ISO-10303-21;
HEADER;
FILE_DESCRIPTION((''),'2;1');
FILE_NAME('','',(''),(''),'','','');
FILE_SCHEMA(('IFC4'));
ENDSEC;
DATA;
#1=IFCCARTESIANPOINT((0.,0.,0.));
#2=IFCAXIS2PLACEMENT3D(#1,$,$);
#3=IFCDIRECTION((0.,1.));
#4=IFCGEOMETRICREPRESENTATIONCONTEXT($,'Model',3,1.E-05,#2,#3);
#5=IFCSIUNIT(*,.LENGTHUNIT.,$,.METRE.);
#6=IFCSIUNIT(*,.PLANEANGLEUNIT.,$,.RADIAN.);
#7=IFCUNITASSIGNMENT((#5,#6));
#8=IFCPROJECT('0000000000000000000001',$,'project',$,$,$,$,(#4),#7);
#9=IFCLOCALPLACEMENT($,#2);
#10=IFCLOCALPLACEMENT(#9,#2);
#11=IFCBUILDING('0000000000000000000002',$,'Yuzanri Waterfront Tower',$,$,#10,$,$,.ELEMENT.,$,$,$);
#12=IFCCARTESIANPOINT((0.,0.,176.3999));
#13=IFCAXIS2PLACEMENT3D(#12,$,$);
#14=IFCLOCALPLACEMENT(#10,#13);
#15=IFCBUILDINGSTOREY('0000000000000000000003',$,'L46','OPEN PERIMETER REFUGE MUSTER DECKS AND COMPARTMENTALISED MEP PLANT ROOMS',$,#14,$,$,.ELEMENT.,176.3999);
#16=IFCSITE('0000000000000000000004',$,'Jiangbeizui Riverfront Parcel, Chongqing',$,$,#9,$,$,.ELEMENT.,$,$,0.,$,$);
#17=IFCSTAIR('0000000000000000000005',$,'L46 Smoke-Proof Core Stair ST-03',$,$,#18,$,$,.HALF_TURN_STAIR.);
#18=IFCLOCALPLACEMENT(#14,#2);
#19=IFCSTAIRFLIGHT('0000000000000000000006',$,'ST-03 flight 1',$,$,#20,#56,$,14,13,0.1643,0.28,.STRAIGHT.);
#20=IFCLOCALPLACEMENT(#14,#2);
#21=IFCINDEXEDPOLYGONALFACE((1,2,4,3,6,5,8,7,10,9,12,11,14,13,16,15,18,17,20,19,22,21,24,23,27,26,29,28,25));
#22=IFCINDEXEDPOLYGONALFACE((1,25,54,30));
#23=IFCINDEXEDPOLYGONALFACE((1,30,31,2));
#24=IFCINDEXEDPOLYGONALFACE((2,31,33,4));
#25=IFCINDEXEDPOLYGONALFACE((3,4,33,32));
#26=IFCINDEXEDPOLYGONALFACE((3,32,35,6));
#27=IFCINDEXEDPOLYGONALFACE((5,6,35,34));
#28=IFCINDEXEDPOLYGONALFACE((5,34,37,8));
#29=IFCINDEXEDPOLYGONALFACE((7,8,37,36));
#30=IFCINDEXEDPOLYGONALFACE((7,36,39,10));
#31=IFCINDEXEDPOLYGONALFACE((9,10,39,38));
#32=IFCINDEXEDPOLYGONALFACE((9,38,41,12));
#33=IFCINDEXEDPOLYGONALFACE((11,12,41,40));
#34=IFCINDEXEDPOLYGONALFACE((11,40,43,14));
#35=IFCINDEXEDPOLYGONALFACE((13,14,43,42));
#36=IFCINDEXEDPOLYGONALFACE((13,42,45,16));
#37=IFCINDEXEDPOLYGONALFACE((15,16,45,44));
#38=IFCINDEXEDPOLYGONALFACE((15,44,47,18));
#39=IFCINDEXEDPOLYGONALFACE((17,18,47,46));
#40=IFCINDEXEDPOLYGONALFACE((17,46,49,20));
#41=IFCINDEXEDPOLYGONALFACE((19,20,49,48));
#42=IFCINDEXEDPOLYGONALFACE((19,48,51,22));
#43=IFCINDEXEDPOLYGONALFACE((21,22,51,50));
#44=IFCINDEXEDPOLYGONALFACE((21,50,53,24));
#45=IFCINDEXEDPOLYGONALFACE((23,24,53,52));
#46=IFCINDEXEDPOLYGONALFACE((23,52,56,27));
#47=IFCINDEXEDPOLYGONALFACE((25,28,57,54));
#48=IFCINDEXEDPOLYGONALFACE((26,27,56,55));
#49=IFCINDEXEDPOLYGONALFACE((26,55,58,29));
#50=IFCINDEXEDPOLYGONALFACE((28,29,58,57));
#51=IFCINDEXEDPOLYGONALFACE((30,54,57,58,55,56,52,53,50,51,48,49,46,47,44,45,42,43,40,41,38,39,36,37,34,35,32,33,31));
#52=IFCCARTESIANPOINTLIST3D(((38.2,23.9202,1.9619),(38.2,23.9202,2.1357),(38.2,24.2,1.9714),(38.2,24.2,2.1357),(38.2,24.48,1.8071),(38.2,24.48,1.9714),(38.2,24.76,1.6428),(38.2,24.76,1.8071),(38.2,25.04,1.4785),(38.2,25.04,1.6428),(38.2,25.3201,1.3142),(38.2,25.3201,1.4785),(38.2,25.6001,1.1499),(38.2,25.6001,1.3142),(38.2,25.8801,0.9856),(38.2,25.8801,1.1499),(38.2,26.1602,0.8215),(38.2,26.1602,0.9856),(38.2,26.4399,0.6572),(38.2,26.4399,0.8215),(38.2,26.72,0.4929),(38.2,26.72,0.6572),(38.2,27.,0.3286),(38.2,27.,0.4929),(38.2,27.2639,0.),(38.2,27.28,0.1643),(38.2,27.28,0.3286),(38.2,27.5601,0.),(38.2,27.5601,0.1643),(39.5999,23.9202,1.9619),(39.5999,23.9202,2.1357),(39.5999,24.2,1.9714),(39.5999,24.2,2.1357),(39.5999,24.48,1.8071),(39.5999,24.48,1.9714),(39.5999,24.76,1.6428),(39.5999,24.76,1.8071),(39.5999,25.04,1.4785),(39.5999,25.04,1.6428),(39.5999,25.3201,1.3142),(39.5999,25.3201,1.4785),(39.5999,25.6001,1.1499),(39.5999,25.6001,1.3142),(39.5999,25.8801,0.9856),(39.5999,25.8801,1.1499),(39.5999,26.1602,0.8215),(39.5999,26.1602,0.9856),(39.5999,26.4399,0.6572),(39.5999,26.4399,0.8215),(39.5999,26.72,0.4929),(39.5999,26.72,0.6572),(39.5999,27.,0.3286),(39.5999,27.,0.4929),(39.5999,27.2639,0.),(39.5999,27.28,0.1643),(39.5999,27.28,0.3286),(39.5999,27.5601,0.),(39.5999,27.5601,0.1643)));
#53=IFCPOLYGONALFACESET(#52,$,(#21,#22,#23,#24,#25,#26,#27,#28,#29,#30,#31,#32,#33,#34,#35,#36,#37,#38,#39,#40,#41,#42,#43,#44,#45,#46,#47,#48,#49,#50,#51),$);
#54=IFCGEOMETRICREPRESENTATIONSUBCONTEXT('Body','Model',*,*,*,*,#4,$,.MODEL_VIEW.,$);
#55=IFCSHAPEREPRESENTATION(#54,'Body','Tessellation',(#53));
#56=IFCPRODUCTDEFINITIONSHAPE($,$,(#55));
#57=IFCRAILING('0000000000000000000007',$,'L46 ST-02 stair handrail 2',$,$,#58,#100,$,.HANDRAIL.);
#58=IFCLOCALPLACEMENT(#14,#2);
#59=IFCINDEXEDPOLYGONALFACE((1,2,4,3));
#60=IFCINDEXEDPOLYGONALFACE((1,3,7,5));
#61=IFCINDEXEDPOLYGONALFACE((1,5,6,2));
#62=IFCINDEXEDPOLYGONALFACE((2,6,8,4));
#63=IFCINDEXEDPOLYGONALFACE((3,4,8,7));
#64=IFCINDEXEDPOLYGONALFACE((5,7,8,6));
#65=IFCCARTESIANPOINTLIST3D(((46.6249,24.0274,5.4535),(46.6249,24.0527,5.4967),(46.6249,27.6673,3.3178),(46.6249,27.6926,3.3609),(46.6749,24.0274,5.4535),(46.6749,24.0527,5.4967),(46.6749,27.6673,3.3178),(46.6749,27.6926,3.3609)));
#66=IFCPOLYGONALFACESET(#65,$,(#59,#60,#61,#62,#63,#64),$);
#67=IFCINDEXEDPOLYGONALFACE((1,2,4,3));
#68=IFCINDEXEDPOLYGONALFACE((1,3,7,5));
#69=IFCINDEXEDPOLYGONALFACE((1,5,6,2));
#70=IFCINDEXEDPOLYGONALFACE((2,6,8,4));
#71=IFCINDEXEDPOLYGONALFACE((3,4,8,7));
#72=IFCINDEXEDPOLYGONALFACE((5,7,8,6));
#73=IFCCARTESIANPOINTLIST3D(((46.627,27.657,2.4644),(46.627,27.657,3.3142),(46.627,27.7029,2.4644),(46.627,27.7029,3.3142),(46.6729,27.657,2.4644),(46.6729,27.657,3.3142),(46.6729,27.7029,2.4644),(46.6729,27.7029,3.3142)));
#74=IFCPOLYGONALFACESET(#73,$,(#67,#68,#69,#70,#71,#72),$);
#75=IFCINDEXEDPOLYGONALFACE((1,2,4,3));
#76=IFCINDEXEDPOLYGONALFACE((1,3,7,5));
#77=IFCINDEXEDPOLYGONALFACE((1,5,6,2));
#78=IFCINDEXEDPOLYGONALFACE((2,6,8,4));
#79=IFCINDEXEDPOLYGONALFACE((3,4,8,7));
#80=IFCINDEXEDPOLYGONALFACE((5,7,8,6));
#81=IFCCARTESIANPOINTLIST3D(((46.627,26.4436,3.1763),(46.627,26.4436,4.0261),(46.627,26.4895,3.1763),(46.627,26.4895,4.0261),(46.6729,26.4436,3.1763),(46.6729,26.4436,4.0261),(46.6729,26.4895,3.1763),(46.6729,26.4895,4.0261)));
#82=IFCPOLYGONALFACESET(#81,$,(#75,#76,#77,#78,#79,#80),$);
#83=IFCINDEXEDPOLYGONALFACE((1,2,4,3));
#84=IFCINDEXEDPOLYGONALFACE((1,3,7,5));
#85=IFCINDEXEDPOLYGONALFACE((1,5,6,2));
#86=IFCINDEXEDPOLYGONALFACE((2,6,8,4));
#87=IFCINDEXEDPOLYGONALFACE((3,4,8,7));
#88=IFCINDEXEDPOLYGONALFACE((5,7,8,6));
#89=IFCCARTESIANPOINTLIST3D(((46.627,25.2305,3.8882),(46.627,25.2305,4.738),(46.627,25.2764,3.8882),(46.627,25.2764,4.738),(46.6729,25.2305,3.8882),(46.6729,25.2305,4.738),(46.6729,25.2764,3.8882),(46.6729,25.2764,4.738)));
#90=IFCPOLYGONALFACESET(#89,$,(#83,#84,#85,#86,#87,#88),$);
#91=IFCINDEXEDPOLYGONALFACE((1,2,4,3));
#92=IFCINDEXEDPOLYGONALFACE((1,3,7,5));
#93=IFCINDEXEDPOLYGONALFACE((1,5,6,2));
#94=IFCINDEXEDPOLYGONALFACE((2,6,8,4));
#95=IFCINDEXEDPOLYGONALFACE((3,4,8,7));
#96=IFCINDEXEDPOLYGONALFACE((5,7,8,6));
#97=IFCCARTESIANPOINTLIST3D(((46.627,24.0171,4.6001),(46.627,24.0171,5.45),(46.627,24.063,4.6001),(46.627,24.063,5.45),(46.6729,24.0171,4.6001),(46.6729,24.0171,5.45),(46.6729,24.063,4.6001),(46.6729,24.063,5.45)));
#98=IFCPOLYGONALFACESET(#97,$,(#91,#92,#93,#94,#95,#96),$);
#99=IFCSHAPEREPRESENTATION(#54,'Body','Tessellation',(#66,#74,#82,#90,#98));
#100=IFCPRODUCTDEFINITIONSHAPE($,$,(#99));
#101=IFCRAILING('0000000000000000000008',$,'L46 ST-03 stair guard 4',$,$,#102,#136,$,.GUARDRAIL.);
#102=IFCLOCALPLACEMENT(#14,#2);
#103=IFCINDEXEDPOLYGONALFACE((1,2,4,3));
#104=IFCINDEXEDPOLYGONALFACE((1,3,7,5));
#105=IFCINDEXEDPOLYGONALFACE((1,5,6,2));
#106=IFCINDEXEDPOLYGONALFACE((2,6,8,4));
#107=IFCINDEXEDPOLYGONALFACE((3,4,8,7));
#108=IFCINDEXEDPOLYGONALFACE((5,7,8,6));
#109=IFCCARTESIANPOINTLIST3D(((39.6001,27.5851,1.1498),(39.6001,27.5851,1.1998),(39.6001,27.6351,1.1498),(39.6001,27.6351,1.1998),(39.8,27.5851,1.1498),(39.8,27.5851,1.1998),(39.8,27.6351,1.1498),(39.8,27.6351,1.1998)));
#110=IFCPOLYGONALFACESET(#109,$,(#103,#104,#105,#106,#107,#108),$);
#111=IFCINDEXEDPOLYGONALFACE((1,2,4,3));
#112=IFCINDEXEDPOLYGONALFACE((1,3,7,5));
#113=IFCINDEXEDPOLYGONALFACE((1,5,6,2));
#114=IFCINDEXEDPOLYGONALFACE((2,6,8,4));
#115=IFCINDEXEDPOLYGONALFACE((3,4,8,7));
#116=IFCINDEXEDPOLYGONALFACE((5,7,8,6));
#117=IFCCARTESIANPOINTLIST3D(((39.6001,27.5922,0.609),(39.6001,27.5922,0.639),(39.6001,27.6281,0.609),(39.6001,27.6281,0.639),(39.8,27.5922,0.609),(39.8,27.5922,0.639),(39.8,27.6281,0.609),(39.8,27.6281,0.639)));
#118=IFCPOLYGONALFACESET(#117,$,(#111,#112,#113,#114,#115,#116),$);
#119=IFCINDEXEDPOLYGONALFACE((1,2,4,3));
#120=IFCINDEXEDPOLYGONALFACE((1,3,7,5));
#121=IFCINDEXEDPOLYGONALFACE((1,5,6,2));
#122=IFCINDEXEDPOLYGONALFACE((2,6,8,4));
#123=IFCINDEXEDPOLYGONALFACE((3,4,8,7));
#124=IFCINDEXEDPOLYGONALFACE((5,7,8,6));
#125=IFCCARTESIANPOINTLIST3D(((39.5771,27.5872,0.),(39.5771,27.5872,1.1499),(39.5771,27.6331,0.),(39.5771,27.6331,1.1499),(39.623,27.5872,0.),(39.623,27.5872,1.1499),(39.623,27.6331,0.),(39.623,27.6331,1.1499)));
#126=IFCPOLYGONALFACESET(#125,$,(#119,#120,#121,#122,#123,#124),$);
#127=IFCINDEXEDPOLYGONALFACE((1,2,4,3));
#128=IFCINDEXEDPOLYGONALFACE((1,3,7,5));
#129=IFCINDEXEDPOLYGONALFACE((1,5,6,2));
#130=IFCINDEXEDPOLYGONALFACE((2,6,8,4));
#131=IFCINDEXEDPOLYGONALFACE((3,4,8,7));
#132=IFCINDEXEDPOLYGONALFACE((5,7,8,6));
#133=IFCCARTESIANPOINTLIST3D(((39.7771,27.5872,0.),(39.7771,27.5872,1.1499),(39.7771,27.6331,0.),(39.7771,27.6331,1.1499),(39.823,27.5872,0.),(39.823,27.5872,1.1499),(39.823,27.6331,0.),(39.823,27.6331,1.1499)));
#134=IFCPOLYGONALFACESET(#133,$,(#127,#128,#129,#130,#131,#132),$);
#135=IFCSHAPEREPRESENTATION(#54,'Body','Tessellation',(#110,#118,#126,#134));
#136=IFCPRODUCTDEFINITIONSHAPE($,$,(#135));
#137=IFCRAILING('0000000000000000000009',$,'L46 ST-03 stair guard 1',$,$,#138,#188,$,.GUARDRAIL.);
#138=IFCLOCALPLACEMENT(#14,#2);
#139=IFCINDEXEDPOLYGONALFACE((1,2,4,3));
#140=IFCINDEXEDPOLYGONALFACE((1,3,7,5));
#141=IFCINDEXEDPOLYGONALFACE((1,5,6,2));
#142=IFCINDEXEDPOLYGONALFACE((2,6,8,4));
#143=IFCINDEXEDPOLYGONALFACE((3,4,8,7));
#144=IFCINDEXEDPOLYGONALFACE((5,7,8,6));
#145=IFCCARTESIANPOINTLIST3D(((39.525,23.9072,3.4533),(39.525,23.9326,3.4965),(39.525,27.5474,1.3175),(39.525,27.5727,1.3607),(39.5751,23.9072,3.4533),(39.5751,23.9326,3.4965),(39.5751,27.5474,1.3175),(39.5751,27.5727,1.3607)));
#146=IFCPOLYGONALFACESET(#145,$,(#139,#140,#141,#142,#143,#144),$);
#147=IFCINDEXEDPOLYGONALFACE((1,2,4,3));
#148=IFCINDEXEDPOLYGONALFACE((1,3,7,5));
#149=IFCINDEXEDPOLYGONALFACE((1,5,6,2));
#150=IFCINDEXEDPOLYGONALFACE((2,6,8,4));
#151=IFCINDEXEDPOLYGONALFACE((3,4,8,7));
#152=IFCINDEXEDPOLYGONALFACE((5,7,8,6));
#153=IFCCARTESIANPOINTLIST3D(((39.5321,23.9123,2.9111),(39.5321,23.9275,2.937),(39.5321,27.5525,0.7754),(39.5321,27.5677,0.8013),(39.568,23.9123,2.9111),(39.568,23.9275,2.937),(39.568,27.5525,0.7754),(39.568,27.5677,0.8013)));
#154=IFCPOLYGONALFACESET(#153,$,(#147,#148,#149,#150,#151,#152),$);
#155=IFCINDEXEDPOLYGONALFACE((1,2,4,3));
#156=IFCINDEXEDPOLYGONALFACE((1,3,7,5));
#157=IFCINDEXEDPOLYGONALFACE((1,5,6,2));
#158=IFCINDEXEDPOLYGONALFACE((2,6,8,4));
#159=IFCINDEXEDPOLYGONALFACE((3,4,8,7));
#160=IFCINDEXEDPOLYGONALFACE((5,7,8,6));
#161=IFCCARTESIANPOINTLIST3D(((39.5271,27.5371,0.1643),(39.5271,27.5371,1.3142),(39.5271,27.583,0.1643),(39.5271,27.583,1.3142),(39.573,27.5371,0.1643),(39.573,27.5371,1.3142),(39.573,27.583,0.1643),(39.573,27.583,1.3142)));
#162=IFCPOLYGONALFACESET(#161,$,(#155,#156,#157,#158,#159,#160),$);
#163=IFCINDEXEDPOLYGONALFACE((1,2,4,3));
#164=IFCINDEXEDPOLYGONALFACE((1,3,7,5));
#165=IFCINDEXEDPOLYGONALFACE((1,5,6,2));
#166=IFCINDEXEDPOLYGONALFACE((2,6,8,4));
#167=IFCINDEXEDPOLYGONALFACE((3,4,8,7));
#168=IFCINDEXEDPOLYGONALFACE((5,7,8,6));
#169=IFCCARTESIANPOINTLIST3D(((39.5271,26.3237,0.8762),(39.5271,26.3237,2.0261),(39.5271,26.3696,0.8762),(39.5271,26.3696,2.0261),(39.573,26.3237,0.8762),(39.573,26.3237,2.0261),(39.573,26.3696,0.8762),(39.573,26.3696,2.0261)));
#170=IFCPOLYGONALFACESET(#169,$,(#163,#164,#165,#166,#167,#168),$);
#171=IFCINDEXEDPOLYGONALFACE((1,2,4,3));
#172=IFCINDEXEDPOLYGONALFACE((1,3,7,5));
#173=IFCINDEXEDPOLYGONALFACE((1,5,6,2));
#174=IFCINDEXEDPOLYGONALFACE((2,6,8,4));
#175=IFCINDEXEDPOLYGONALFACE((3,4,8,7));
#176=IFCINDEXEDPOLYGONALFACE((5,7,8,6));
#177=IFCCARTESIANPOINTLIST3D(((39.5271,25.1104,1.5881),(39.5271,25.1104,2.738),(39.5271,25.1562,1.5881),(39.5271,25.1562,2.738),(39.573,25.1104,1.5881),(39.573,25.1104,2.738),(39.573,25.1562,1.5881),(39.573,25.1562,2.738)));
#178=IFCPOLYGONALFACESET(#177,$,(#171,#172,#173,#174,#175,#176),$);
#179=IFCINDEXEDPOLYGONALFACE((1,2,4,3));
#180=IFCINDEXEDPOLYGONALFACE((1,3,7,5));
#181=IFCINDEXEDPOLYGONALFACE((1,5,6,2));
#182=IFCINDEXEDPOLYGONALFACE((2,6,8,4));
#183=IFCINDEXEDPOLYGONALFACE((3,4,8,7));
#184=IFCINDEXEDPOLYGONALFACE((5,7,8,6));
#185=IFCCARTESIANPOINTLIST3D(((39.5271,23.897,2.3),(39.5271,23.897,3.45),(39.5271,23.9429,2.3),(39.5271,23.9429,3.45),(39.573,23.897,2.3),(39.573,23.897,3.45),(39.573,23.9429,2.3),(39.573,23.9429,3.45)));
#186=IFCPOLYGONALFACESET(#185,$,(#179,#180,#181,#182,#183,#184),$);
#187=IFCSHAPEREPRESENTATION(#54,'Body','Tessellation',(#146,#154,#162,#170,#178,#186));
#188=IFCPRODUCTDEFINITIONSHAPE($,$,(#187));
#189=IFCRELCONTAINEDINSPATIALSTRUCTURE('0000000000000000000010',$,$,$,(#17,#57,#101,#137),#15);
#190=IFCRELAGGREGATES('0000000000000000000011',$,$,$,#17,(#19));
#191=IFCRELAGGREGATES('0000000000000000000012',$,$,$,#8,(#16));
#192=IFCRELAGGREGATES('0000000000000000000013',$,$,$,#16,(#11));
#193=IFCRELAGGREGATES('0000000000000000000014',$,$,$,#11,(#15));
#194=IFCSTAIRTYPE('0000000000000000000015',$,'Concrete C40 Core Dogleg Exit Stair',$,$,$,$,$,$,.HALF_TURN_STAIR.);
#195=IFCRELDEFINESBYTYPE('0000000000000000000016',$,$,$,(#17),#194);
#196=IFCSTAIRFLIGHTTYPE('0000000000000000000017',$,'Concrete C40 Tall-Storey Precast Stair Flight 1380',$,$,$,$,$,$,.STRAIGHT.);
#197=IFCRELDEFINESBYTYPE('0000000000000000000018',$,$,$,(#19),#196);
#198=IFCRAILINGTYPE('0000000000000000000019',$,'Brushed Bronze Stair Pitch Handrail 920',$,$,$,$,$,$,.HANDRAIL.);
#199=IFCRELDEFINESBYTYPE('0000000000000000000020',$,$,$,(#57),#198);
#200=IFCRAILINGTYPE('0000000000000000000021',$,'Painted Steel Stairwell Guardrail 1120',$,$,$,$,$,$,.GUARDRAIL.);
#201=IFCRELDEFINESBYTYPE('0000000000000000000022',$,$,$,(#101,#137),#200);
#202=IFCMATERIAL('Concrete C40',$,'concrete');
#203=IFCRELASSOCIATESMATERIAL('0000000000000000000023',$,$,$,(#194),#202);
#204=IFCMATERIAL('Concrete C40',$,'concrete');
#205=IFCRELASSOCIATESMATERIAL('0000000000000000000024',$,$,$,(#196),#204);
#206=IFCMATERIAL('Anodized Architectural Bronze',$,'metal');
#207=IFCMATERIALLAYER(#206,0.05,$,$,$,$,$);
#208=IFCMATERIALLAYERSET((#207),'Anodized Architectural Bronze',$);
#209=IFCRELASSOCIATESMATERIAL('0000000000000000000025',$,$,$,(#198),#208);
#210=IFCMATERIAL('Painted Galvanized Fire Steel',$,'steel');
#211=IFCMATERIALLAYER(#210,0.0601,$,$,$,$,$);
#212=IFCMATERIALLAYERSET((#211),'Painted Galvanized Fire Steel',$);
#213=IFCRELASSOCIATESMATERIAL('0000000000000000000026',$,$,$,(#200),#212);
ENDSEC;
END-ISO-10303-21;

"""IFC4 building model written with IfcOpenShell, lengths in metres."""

from ifc_helpers import new_model, si_unit, direction, frame, origin, origin_2d, place, context, subcontext, project, spatial, polyline, rectangle, outline, extrude, source, transform, mapped, material, layer, layer_set, type_object, element, aggregate, save


model = new_model("IFC4")

# Units and contexts
model_context = context("Model", 3, precision=1e-05, world=origin(), true_north=direction((0.0, 1.0)))
body_context = subcontext(model_context, "Body", "Model", "MODEL_VIEW")
ifc_project = project(units=[si_unit("LENGTHUNIT", "METRE"), si_unit("PLANEANGLEUNIT", "RADIAN")], contexts=[model_context])

# Site, building, storey
site_placement = place(None, origin())
site = spatial("IfcSite", under=ifc_project, at=site_placement, Name="Jiangbeizui Riverfront Parcel, Chongqing", CompositionType="ELEMENT", RefElevation=0.0)
building_placement = place(site_placement, origin())
building = spatial("IfcBuilding", under=site, at=building_placement, Name="Yuzanri Waterfront Tower", CompositionType="ELEMENT")
storey_placement = place(building_placement, frame((0.0, 0.0, 176.3999)))
storey = spatial("IfcBuildingStorey", under=building, at=storey_placement, Name="L46", Description="OPEN PERIMETER REFUGE MUSTER DECKS AND COMPARTMENTALISED MEP PLANT ROOMS", CompositionType="ELEMENT", Elevation=176.3999)

# Stair, stair flight
ifc_material_1 = material(Name="Concrete C40", Category="concrete")
stair_type = type_object("IfcStairType", Name="Concrete C40 Core Dogleg Exit Stair", PredefinedType="HALF_TURN_STAIR", material=ifc_material_1)
ifc_material_2 = material(Name="Concrete C40", Category="concrete")
stair_flight_type = type_object("IfcStairFlightType", Name="Concrete C40 Tall-Storey Precast Stair Flight 1380", PredefinedType="STRAIGHT", material=ifc_material_2)
shared_shape_1 = source(origin(), body_context, "Body", "SweptSolid", [
    extrude(outline(polyline([(0.0, 0.0), (0.0, 0.1643), (0.28, 0.1643), (0.28, 0.3286), (0.5601, 0.3286), (0.5601, 0.4929), (0.8401, 0.4929), (0.8401, 0.6572), (1.1201, 0.6572), (1.1201, 0.8215), (1.3999, 0.8215), (1.3999, 0.9856), (1.6799, 0.9856), (1.6799, 1.1499), (1.96, 1.1499), (1.96, 1.3142), (2.24, 1.3142), (2.24, 1.4785), (2.52, 1.4785), (2.52, 1.6428), (2.8, 1.6428), (2.8, 1.8071), (3.0801, 1.8071), (3.0801, 1.9714), (3.3601, 1.9714), (3.3601, 2.1357), (3.6399, 2.1357), (3.6399, 2.3), (3.6399, 1.9619), (0.2961, 0.0), (0.0, 0.0)])), frame((0.0, 0.7, 0.0), z_axis=(0.0, -1.0, 0.0), x_axis=(1.0, 0.0, 0.0)), (0.0, 0.0, 1.0), 1.3999),
])
stair_1_placement = place(storey_placement, origin())
stair_1 = element("IfcStair", 1, at=stair_1_placement, inside=storey, type_object=stair_type, Name="L46 Smoke-Proof Core Stair ST-03", PredefinedType="HALF_TURN_STAIR")
stair_flight_1_placement = place(storey_placement, frame((38.8999, 27.5601, 0.0), z_axis=(0.0, 0.0, 1.0), x_axis=(0.0, -1.0, 0.0)))
stair_flight_1 = element("IfcStairFlight", 2, at=stair_flight_1_placement, type_object=stair_flight_type, Name="ST-03 flight 1", NumberOfRisers=14, NumberOfTreads=13, PredefinedType="STRAIGHT", RiserHeight=0.1643, TreadLength=0.28, context=body_context, shape_type="MappedRepresentation", body=[
    mapped(shared_shape_1, transform((0.0, 0.0, 0.0), scale=1.0)),
])
aggregate(stair_1, [stair_flight_1])

# Railings
ifc_material_3 = material(Name="Anodized Architectural Bronze", Category="metal")
ifc_layer_1 = layer(ifc_material_3, 0.05)
ifc_layer_set_1 = layer_set([ifc_layer_1], Name="Anodized Architectural Bronze")
railing_type_1 = type_object("IfcRailingType", Name="Brushed Bronze Stair Pitch Handrail 920", PredefinedType="HANDRAIL", material=ifc_layer_set_1)
shared_shape_2 = source(origin(), body_context, "Body", "SweptSolid", [
    extrude(rectangle(XDim=0.05, YDim=0.05, at=origin_2d()), frame((0.0, 0.0, 0.875), z_axis=(0.0, -0.86249, 0.506074), x_axis=(1.0, 0.0, 0.0)), (0.0, 0.0, 1.0), 4.2202),
    extrude(rectangle(XDim=0.0459, YDim=0.0459, at=origin_2d()), origin(), (0.0, 0.0, 1.0), 0.8499),
    extrude(rectangle(XDim=0.0459, YDim=0.0459, at=origin_2d()), frame((0.0, -1.2134, 0.7119)), (0.0, 0.0, 1.0), 0.8499),
    extrude(rectangle(XDim=0.0459, YDim=0.0459, at=origin_2d()), frame((0.0, -2.4265, 1.4238)), (0.0, 0.0, 1.0), 0.8499),
    extrude(rectangle(XDim=0.0459, YDim=0.0459, at=origin_2d()), frame((0.0, -3.6399, 2.1357)), (0.0, 0.0, 1.0), 0.8499),
])
railing_1_placement = place(storey_placement, frame((46.6499, 27.6799, 2.4644)))
element("IfcRailing", 3, at=railing_1_placement, inside=storey, type_object=railing_type_1, Name="L46 ST-02 stair handrail 2", PredefinedType="HANDRAIL", context=body_context, shape_type="MappedRepresentation", body=[
    mapped(shared_shape_2, transform((0.0, 0.0, 0.0), scale=1.0)),
])
ifc_material_4 = material(Name="Painted Galvanized Fire Steel", Category="steel")
ifc_layer_2 = layer(ifc_material_4, 0.0601)
ifc_layer_set_2 = layer_set([ifc_layer_2], Name="Painted Galvanized Fire Steel")
railing_type_2 = type_object("IfcRailingType", Name="Painted Steel Stairwell Guardrail 1120", PredefinedType="GUARDRAIL", material=ifc_layer_set_2)
shared_shape_3 = source(origin(), body_context, "Body", "SweptSolid", [
    extrude(rectangle(XDim=0.05, YDim=0.05, at=origin_2d()), frame((0.0, 0.0, 1.1748), z_axis=(1.0, 0.0, 0.0), x_axis=(0.0, 1.0, 0.0)), (0.0, 0.0, 1.0), 0.2),
    extrude(rectangle(XDim=0.0359, YDim=0.03, at=origin_2d()), frame((0.0, 0.0, 0.624), z_axis=(1.0, 0.0, 0.0), x_axis=(0.0, 1.0, 0.0)), (0.0, 0.0, 1.0), 0.2),
    extrude(rectangle(XDim=0.0459, YDim=0.0459, at=origin_2d()), origin(), (0.0, 0.0, 1.0), 1.1499),
    extrude(rectangle(XDim=0.0459, YDim=0.0459, at=origin_2d()), frame((0.2, 0.0, 0.0)), (0.0, 0.0, 1.0), 1.1499),
])
railing_2_placement = place(storey_placement, frame((39.6001, 27.6101, 0.0)))
element("IfcRailing", 4, at=railing_2_placement, inside=storey, type_object=railing_type_2, Name="L46 ST-03 stair guard 4", PredefinedType="GUARDRAIL", context=body_context, shape_type="MappedRepresentation", body=[
    mapped(shared_shape_3, transform((0.0, 0.0, 0.0), scale=1.0)),
])
shared_shape_4 = source(origin(), body_context, "Body", "SweptSolid", [
    extrude(rectangle(XDim=0.05, YDim=0.05, at=origin_2d()), frame((0.0, 0.0, 1.1748), z_axis=(0.0, -0.862505, 0.506049), x_axis=(1.0, 0.0, 0.0)), (0.0, 0.0, 1.0), 4.2205),
    extrude(rectangle(XDim=0.0359, YDim=0.03, at=origin_2d()), frame((0.0, 0.0, 0.624), z_axis=(0.0, -0.862505, 0.506049), x_axis=(1.0, 0.0, 0.0)), (0.0, 0.0, 1.0), 4.2205),
    extrude(rectangle(XDim=0.0459, YDim=0.0459, at=origin_2d()), origin(), (0.0, 0.0, 1.0), 1.1499),
    extrude(rectangle(XDim=0.0459, YDim=0.0459, at=origin_2d()), frame((0.0, -1.2134, 0.7119)), (0.0, 0.0, 1.0), 1.1499),
    extrude(rectangle(XDim=0.0459, YDim=0.0459, at=origin_2d()), frame((0.0, -2.4268, 1.4238)), (0.0, 0.0, 1.0), 1.1499),
    extrude(rectangle(XDim=0.0459, YDim=0.0459, at=origin_2d()), frame((0.0, -3.6401, 2.1357)), (0.0, 0.0, 1.0), 1.1499),
])
railing_3_placement = place(storey_placement, frame((39.55, 27.5601, 0.1643)))
element("IfcRailing", 5, at=railing_3_placement, inside=storey, type_object=railing_type_2, Name="L46 ST-03 stair guard 1", PredefinedType="GUARDRAIL", context=body_context, shape_type="MappedRepresentation", body=[
    mapped(shared_shape_4, transform((0.0, 0.0, 0.0), scale=1.0)),
])

save(model, "model.ifc")
